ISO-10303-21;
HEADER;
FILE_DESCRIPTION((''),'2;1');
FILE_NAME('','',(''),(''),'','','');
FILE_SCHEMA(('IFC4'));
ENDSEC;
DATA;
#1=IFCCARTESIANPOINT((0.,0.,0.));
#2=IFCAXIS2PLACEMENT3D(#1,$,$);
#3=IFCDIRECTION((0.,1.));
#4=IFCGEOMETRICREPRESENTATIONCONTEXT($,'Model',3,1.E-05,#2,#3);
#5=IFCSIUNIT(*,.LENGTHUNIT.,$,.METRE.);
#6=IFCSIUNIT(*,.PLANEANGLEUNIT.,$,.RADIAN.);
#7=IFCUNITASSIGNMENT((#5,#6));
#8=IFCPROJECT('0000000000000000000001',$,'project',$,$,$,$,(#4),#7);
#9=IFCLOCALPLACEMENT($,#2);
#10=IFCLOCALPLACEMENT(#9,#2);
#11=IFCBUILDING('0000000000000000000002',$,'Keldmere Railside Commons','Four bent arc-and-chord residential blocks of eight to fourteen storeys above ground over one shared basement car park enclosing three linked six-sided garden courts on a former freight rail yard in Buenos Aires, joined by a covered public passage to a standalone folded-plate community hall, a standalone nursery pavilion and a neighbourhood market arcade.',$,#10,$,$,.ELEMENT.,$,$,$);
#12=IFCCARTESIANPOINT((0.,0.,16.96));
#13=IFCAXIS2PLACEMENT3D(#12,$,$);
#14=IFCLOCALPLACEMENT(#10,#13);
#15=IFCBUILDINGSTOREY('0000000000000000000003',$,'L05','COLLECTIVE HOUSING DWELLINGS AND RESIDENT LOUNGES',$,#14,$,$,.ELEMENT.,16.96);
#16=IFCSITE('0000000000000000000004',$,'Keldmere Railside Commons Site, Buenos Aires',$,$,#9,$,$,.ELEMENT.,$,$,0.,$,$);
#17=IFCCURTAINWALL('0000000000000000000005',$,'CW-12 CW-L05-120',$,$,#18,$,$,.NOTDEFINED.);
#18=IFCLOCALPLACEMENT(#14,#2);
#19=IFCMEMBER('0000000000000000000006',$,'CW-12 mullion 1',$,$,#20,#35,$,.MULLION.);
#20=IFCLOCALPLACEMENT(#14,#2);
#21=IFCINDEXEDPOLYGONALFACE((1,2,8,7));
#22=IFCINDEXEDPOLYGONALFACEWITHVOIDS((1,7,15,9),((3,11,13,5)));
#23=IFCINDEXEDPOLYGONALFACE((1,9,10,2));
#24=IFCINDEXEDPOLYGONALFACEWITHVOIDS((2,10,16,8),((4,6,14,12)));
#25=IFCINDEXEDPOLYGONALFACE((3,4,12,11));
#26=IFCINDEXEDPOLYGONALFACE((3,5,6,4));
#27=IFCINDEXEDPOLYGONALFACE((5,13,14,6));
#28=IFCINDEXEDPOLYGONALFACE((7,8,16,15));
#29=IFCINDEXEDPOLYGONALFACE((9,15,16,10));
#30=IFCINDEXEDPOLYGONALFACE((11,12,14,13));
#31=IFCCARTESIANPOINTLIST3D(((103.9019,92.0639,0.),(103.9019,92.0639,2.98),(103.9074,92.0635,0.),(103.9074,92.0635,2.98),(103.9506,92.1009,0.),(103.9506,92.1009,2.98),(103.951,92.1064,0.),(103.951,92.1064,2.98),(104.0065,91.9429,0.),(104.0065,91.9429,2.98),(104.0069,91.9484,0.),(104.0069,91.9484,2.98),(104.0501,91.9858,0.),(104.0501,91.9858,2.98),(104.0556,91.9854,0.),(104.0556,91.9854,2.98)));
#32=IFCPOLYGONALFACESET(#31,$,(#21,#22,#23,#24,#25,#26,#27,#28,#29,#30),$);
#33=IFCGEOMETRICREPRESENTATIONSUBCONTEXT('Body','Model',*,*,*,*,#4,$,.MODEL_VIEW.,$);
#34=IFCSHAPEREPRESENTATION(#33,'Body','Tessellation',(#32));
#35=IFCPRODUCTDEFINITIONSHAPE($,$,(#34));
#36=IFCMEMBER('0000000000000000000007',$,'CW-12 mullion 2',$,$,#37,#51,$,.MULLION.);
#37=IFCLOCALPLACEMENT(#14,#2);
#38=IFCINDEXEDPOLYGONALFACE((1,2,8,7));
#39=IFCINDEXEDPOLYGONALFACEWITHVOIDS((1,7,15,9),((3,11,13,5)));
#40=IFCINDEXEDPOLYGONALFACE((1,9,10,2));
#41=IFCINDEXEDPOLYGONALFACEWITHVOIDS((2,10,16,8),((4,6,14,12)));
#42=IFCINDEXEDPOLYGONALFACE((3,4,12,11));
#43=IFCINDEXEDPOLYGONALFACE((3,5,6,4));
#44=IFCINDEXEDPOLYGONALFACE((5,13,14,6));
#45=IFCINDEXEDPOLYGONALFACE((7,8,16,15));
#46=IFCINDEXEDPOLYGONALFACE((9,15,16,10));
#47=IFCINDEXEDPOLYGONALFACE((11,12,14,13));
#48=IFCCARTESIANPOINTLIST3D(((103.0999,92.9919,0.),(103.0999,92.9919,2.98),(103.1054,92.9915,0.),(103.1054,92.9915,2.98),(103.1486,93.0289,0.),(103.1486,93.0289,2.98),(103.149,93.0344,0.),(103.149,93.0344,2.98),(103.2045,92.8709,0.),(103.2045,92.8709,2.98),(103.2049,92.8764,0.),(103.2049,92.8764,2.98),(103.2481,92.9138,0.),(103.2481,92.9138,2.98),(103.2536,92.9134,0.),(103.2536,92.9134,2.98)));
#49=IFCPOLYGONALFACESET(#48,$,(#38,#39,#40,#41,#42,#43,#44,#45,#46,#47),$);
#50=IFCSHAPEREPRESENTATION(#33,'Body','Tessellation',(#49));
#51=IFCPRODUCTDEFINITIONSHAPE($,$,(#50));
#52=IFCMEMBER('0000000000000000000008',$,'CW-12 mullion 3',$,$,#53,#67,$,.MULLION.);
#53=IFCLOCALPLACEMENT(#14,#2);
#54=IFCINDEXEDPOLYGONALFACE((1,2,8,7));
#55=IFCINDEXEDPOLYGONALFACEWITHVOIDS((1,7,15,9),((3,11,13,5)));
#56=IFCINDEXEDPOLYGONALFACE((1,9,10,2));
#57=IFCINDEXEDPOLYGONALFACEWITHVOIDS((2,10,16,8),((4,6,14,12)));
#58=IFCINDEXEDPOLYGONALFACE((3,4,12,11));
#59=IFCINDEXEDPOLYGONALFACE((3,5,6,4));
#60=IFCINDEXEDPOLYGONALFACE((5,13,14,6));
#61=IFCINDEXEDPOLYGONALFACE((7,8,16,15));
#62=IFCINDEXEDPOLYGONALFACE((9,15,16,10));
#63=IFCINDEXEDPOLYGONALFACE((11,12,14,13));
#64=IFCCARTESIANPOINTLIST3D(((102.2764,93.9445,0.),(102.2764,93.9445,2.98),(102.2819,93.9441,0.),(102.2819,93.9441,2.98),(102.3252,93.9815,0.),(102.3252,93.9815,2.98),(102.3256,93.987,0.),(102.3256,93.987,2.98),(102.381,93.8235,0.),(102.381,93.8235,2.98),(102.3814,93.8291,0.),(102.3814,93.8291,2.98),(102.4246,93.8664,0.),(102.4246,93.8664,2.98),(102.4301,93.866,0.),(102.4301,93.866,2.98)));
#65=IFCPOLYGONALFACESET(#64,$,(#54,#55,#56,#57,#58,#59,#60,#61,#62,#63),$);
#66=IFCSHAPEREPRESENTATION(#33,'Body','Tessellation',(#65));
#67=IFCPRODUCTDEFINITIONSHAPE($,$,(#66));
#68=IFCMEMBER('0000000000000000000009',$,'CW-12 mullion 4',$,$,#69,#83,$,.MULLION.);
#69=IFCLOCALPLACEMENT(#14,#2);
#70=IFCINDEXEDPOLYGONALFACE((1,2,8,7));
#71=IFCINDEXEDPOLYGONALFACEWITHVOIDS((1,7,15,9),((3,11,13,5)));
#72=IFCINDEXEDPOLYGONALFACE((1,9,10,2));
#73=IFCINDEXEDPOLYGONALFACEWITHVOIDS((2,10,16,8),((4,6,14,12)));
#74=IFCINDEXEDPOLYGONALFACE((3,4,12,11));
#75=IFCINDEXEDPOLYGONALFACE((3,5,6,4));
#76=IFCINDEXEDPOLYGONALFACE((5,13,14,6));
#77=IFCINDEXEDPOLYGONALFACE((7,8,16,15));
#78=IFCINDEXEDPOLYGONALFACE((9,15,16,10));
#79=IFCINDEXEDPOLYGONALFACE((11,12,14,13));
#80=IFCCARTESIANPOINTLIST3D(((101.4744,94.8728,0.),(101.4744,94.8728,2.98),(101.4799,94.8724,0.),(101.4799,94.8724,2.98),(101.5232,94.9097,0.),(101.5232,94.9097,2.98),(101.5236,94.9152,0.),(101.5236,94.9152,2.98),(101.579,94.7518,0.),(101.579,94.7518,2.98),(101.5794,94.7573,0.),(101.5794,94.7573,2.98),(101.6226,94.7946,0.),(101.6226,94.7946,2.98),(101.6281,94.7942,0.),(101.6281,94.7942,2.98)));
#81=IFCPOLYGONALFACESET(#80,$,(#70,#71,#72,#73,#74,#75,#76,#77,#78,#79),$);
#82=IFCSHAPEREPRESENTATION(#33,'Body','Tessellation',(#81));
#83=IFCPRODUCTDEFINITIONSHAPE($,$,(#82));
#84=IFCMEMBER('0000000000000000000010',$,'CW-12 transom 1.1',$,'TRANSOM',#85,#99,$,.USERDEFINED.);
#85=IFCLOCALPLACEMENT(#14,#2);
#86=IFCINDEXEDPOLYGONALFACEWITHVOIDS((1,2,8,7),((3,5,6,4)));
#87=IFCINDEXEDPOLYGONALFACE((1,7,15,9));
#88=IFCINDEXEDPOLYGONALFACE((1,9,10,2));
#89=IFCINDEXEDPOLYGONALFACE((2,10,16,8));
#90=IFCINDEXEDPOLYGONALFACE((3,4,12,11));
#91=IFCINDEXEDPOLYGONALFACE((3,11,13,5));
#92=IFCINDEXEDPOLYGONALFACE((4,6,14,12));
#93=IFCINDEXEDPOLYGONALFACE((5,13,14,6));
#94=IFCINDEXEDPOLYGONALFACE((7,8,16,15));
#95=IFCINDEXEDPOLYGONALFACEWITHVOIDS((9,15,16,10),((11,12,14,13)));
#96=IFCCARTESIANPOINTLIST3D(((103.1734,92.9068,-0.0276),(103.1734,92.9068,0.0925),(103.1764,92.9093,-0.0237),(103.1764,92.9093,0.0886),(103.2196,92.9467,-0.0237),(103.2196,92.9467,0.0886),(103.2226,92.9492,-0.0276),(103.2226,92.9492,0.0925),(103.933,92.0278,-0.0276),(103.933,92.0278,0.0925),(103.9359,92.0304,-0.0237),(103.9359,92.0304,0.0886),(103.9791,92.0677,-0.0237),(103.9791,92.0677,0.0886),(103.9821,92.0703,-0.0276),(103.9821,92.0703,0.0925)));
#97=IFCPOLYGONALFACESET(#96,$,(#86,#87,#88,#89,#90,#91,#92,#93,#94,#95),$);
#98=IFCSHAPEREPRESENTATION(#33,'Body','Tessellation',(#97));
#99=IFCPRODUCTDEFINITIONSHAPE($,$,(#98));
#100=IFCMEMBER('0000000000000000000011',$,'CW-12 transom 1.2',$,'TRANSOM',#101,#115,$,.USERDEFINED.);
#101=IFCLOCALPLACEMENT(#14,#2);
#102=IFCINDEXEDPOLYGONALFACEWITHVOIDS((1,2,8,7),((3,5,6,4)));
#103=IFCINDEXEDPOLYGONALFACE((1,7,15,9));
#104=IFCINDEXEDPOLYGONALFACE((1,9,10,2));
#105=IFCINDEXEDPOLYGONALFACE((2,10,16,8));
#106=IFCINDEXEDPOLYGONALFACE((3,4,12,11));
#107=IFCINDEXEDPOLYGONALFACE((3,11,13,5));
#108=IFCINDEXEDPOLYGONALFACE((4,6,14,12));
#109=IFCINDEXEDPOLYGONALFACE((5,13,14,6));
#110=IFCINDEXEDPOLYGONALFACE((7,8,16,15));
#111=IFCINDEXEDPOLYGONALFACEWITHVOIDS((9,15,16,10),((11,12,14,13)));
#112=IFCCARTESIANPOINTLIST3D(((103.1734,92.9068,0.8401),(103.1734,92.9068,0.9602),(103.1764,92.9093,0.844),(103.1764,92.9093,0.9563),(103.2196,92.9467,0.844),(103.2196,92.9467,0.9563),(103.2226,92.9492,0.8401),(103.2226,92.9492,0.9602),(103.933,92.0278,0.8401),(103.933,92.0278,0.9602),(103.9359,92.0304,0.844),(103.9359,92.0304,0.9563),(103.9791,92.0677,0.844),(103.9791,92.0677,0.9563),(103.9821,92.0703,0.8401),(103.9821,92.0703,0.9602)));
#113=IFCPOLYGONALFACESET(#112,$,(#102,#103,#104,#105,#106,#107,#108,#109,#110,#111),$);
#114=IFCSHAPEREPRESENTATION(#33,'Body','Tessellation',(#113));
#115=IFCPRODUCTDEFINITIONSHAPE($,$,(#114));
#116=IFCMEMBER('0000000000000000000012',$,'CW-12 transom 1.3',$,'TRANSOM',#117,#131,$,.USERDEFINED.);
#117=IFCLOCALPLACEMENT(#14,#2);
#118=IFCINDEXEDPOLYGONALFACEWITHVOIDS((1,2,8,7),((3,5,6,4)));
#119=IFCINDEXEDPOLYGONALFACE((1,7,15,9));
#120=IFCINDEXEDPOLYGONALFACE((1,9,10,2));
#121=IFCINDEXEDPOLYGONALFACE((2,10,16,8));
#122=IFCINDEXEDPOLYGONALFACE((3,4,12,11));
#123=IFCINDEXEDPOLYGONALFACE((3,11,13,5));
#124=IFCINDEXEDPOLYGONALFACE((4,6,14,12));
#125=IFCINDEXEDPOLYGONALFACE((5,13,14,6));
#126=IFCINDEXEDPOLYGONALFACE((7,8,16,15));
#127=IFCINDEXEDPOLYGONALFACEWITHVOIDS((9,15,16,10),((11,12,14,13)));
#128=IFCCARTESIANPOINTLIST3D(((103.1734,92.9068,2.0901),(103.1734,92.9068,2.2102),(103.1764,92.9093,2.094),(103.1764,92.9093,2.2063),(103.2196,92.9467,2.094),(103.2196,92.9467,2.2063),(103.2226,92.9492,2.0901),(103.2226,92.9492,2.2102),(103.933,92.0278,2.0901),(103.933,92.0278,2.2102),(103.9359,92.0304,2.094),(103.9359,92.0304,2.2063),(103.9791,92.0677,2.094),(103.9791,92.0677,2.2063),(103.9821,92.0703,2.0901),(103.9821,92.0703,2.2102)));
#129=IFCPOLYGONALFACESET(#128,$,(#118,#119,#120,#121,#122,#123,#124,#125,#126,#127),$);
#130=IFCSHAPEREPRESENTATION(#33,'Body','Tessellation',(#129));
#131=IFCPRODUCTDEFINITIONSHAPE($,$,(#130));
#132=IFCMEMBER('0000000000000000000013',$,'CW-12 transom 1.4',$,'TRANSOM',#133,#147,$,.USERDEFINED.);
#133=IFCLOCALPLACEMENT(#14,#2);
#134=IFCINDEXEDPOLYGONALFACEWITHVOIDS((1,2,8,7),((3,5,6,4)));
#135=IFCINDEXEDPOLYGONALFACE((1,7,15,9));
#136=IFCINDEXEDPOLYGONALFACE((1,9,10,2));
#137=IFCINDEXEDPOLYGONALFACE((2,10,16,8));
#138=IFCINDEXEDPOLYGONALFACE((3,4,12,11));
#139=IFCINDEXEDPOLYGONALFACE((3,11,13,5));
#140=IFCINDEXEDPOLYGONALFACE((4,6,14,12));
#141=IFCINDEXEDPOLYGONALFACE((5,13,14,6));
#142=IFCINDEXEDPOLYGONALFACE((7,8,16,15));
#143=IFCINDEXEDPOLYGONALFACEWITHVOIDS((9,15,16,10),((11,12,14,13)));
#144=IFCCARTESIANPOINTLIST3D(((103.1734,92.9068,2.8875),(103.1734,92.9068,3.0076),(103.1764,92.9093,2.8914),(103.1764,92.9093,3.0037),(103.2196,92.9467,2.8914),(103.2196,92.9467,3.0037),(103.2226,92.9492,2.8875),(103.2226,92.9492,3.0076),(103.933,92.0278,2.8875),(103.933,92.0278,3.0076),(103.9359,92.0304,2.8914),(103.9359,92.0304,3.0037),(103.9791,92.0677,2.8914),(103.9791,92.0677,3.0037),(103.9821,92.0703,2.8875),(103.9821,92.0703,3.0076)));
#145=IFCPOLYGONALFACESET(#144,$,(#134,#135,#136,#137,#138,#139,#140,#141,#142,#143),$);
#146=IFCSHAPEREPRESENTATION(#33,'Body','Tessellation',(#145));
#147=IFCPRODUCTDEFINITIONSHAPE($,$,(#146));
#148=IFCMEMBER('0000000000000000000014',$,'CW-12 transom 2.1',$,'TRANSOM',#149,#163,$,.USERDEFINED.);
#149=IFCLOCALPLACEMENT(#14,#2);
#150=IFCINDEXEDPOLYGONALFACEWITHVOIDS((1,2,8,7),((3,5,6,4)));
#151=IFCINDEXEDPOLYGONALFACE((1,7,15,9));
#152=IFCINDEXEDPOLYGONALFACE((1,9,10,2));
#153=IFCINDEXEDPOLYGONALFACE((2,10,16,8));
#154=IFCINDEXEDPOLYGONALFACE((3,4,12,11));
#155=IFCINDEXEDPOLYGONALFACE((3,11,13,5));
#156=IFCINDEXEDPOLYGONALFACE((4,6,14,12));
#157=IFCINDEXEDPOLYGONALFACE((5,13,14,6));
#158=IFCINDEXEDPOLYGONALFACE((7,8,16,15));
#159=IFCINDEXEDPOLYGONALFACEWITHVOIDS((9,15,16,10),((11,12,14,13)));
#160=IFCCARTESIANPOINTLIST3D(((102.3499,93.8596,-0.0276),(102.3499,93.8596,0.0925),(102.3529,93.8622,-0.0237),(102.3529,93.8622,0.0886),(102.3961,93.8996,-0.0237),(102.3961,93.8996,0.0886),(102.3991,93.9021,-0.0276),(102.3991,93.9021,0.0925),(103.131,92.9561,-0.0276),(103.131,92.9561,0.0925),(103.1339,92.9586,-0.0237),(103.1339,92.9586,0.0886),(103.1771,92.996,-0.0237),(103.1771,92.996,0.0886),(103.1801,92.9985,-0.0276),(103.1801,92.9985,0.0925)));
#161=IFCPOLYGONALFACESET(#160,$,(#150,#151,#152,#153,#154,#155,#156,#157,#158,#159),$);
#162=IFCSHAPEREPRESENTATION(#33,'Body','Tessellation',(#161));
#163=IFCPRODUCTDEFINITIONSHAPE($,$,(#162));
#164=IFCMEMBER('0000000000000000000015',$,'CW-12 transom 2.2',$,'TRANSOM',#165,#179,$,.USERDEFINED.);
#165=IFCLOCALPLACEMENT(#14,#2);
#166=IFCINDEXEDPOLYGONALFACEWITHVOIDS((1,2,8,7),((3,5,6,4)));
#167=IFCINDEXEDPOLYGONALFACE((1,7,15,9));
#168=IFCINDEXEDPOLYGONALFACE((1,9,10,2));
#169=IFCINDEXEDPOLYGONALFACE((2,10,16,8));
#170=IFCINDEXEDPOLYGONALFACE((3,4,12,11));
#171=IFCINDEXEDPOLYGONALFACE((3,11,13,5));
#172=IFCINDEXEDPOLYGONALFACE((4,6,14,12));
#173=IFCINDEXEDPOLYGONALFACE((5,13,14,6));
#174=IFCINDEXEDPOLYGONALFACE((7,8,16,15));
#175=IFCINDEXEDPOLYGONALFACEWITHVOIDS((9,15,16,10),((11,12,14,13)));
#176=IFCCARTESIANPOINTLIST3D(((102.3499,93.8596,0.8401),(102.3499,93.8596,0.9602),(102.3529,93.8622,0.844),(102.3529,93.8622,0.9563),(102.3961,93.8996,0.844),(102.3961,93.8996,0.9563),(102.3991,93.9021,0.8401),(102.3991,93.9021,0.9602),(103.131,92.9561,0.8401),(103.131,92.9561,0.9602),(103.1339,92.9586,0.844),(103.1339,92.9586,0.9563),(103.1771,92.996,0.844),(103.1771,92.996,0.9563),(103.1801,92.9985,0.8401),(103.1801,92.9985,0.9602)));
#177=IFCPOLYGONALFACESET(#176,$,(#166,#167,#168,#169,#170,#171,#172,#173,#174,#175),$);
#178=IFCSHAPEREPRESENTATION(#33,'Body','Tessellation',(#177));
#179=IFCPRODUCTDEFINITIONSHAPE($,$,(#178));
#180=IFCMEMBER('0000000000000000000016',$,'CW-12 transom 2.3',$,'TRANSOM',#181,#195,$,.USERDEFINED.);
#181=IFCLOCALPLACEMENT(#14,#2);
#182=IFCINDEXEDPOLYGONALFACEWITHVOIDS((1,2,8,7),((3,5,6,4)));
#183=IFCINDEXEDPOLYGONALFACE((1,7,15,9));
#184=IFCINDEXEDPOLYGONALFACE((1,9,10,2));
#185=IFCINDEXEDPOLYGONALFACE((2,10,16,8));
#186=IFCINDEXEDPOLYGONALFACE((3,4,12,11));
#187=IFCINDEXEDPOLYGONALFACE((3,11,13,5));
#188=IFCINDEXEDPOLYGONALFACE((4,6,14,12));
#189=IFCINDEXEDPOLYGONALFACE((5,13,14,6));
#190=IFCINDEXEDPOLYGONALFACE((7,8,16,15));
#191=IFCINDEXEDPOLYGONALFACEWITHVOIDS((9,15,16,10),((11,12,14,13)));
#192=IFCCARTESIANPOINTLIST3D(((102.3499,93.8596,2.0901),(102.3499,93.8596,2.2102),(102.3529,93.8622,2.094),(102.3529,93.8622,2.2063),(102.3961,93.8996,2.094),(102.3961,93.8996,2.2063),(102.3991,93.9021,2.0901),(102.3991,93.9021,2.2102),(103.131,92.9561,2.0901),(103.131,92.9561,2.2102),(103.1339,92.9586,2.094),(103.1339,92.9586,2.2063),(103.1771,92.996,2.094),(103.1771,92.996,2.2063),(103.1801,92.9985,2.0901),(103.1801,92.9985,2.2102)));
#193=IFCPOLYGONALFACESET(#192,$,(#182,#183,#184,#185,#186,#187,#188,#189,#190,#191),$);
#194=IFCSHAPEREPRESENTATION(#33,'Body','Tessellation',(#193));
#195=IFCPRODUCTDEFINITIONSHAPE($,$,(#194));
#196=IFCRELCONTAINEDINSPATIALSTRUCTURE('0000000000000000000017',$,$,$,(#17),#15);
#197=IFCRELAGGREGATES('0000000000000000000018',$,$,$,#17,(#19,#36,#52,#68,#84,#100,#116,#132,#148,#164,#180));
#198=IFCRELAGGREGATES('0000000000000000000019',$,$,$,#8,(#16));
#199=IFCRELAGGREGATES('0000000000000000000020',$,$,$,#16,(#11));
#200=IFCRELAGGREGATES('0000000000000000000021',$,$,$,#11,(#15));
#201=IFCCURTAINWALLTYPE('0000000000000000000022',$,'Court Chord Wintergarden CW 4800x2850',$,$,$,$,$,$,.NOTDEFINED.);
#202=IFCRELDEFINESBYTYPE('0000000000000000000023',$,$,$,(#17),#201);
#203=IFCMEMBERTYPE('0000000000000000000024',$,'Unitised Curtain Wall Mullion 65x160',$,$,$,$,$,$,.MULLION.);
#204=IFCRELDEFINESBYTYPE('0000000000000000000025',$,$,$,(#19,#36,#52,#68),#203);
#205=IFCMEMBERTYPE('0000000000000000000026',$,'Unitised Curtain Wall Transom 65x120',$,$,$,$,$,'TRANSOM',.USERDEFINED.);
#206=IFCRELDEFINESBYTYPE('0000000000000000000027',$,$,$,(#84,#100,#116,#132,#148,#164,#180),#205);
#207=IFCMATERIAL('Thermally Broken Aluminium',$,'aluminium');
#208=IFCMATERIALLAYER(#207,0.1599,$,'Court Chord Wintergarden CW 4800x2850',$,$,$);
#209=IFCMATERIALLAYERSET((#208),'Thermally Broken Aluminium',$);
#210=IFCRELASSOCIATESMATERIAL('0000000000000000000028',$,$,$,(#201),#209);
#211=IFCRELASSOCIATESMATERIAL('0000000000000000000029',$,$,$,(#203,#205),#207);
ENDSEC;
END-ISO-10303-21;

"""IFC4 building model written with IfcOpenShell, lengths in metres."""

from ifc_helpers import new_model, si_unit, direction, frame, origin, origin_2d, place, context, subcontext, project, spatial, hollow_rectangle, extrude, material, layer, layer_set, material_profile, profile_set, type_object, element, aggregate, save


model = new_model("IFC4")

# Units and contexts
model_context = context("Model", 3, precision=1e-05, world=origin(), true_north=direction((0.0, 1.0)))
body_context = subcontext(model_context, "Body", "Model", "MODEL_VIEW")
ifc_project = project(units=[si_unit("LENGTHUNIT", "METRE"), si_unit("PLANEANGLEUNIT", "RADIAN")], contexts=[model_context])

# Site, building, storey
site_placement = place(None, origin())
site = spatial("IfcSite", under=ifc_project, at=site_placement, Name="Keldmere Railside Commons Site, Buenos Aires", CompositionType="ELEMENT", RefElevation=0.0)
building_placement = place(site_placement, origin())
building = spatial("IfcBuilding", under=site, at=building_placement, Name="Keldmere Railside Commons", Description="Four bent arc-and-chord residential blocks of eight to fourteen storeys above ground over one shared basement car park enclosing three linked six-sided garden courts on a former freight rail yard in Buenos Aires, joined by a covered public passage to a standalone folded-plate community hall, a standalone nursery pavilion and a neighbourhood market arcade.", CompositionType="ELEMENT")
storey_placement = place(building_placement, frame((0.0, 0.0, 16.96)))
storey = spatial("IfcBuildingStorey", under=building, at=storey_placement, Name="L05", Description="COLLECTIVE HOUSING DWELLINGS AND RESIDENT LOUNGES", CompositionType="ELEMENT", Elevation=16.96)

# Curtain wall, members
ifc_material_1 = material(Name="Thermally Broken Aluminium", Category="aluminium")
ifc_layer_1 = layer(ifc_material_1, 0.1599, Name="Court Chord Wintergarden CW 4800x2850")
ifc_layer_set_1 = layer_set([ifc_layer_1], Name="Thermally Broken Aluminium")
curtain_wall_type = type_object("IfcCurtainWallType", Name="Court Chord Wintergarden CW 4800x2850", PredefinedType="NOTDEFINED", material=ifc_layer_set_1)
curtain_wall_placement = place(storey_placement, origin())
curtain_wall = element("IfcCurtainWall", 1, at=curtain_wall_placement, inside=storey, type_object=curtain_wall_type, Name="CW-12 CW-L05-120", PredefinedType="NOTDEFINED")
ifc_material_profile_1 = material_profile(ifc_material_1, hollow_rectangle(XDim=0.0649, YDim=0.1599, WallThickness=0.0039, at=origin_2d()), Name="ALU-MULL-65x160")
ifc_profile_set_1 = profile_set([ifc_material_profile_1], Name="Thermally Broken Aluminium")
member_type_1 = type_object("IfcMemberType", Name="Unitised Curtain Wall Mullion 65x160", PredefinedType="MULLION", material=ifc_profile_set_1)
member_1_placement = place(storey_placement, frame((103.9788, 92.0247, 0.0), z_axis=(0.0, 0.0, 1.0), x_axis=(-0.756597, -0.653882, 0.0)))
member_1 = element("IfcMember", 2, at=member_1_placement, type_object=member_type_1, Name="CW-12 mullion 1", PredefinedType="MULLION", context=body_context, shape_type="SweptSolid", body=[
    extrude(hollow_rectangle(XDim=0.0649, YDim=0.1599, WallThickness=0.0039, at=origin_2d()), origin(), (0.0, 0.0, 1.0), 2.98),
])
member_2_placement = place(storey_placement, frame((103.1768, 92.9526, 0.0), z_axis=(0.0, 0.0, 1.0), x_axis=(-0.756597, -0.653882, 0.0)))
member_2 = element("IfcMember", 3, at=member_2_placement, type_object=member_type_1, Name="CW-12 mullion 2", PredefinedType="MULLION", context=body_context, shape_type="SweptSolid", body=[
    extrude(hollow_rectangle(XDim=0.0649, YDim=0.1599, WallThickness=0.0039, at=origin_2d()), origin(), (0.0, 0.0, 1.0), 2.98),
])
member_3_placement = place(storey_placement, frame((102.3533, 93.9053, 0.0), z_axis=(0.0, 0.0, 1.0), x_axis=(-0.756597, -0.653882, 0.0)))
member_3 = element("IfcMember", 4, at=member_3_placement, type_object=member_type_1, Name="CW-12 mullion 3", PredefinedType="MULLION", context=body_context, shape_type="SweptSolid", body=[
    extrude(hollow_rectangle(XDim=0.0649, YDim=0.1599, WallThickness=0.0039, at=origin_2d()), origin(), (0.0, 0.0, 1.0), 2.98),
])
member_4_placement = place(storey_placement, frame((101.5513, 94.8335, 0.0), z_axis=(0.0, 0.0, 1.0), x_axis=(-0.756597, -0.653882, 0.0)))
member_4 = element("IfcMember", 5, at=member_4_placement, type_object=member_type_1, Name="CW-12 mullion 4", PredefinedType="MULLION", context=body_context, shape_type="SweptSolid", body=[
    extrude(hollow_rectangle(XDim=0.0649, YDim=0.1599, WallThickness=0.0039, at=origin_2d()), origin(), (0.0, 0.0, 1.0), 2.98),
])
ifc_material_profile_2 = material_profile(ifc_material_1, hollow_rectangle(XDim=0.0649, YDim=0.1201, WallThickness=0.0039, at=origin_2d()), Name="ALU-TRAN-65x120")
ifc_profile_set_2 = profile_set([ifc_material_profile_2], Name="Thermally Broken Aluminium")
member_type_2 = type_object("IfcMemberType", Name="Unitised Curtain Wall Transom 65x120", ElementType="TRANSOM", PredefinedType="USERDEFINED", material=ifc_profile_set_2)
member_5_placement = place(storey_placement, frame((103.9575, 92.0491, 0.0325), z_axis=(-0.65385, 0.756624, 0.0), x_axis=(-0.756624, -0.65385, 0.0)))
member_5 = element("IfcMember", 6, at=member_5_placement, type_object=member_type_2, Name="CW-12 transom 1.1", ObjectType="TRANSOM", PredefinedType="USERDEFINED", context=body_context, shape_type="SweptSolid", body=[
    extrude(hollow_rectangle(XDim=0.0649, YDim=0.1201, WallThickness=0.0039, at=origin_2d()), origin(), (0.0, 0.0, 1.0), 1.1616),
])
member_6_placement = place(storey_placement, frame((103.9575, 92.0491, 0.9001), z_axis=(-0.65385, 0.756624, 0.0), x_axis=(-0.756624, -0.65385, 0.0)))
member_6 = element("IfcMember", 7, at=member_6_placement, type_object=member_type_2, Name="CW-12 transom 1.2", ObjectType="TRANSOM", PredefinedType="USERDEFINED", context=body_context, shape_type="SweptSolid", body=[
    extrude(hollow_rectangle(XDim=0.0649, YDim=0.1201, WallThickness=0.0039, at=origin_2d()), origin(), (0.0, 0.0, 1.0), 1.1616),
])
member_7_placement = place(storey_placement, frame((103.9575, 92.0491, 2.1501), z_axis=(-0.65385, 0.756624, 0.0), x_axis=(-0.756624, -0.65385, 0.0)))
member_7 = element("IfcMember", 8, at=member_7_placement, type_object=member_type_2, Name="CW-12 transom 1.3", ObjectType="TRANSOM", PredefinedType="USERDEFINED", context=body_context, shape_type="SweptSolid", body=[
    extrude(hollow_rectangle(XDim=0.0649, YDim=0.1201, WallThickness=0.0039, at=origin_2d()), origin(), (0.0, 0.0, 1.0), 1.1616),
])
member_8_placement = place(storey_placement, frame((103.9575, 92.0491, 2.9475), z_axis=(-0.65385, 0.756624, 0.0), x_axis=(-0.756624, -0.65385, 0.0)))
member_8 = element("IfcMember", 9, at=member_8_placement, type_object=member_type_2, Name="CW-12 transom 1.4", ObjectType="TRANSOM", PredefinedType="USERDEFINED", context=body_context, shape_type="SweptSolid", body=[
    extrude(hollow_rectangle(XDim=0.0649, YDim=0.1201, WallThickness=0.0039, at=origin_2d()), origin(), (0.0, 0.0, 1.0), 1.1616),
])
member_9_placement = place(storey_placement, frame((103.1555, 92.9773, 0.0325), z_axis=(-0.653934, 0.756552, 0.0), x_axis=(-0.756552, -0.653934, 0.0)))
member_9 = element("IfcMember", 10, at=member_9_placement, type_object=member_type_2, Name="CW-12 transom 2.1", ObjectType="TRANSOM", PredefinedType="USERDEFINED", context=body_context, shape_type="SweptSolid", body=[
    extrude(hollow_rectangle(XDim=0.0649, YDim=0.1201, WallThickness=0.0039, at=origin_2d()), origin(), (0.0, 0.0, 1.0), 1.1943),
])
member_10_placement = place(storey_placement, frame((103.1555, 92.9773, 0.9001), z_axis=(-0.653934, 0.756552, 0.0), x_axis=(-0.756552, -0.653934, 0.0)))
member_10 = element("IfcMember", 11, at=member_10_placement, type_object=member_type_2, Name="CW-12 transom 2.2", ObjectType="TRANSOM", PredefinedType="USERDEFINED", context=body_context, shape_type="SweptSolid", body=[
    extrude(hollow_rectangle(XDim=0.0649, YDim=0.1201, WallThickness=0.0039, at=origin_2d()), origin(), (0.0, 0.0, 1.0), 1.1943),
])
member_11_placement = place(storey_placement, frame((103.1555, 92.9773, 2.1501), z_axis=(-0.653934, 0.756552, 0.0), x_axis=(-0.756552, -0.653934, 0.0)))
member_11 = element("IfcMember", 12, at=member_11_placement, type_object=member_type_2, Name="CW-12 transom 2.3", ObjectType="TRANSOM", PredefinedType="USERDEFINED", context=body_context, shape_type="SweptSolid", body=[
    extrude(hollow_rectangle(XDim=0.0649, YDim=0.1201, WallThickness=0.0039, at=origin_2d()), origin(), (0.0, 0.0, 1.0), 1.1943),
])
aggregate(curtain_wall, [member_1, member_2, member_3, member_4, member_5, member_6, member_7, member_8, member_9, member_10, member_11])

save(model, "model.ifc")
